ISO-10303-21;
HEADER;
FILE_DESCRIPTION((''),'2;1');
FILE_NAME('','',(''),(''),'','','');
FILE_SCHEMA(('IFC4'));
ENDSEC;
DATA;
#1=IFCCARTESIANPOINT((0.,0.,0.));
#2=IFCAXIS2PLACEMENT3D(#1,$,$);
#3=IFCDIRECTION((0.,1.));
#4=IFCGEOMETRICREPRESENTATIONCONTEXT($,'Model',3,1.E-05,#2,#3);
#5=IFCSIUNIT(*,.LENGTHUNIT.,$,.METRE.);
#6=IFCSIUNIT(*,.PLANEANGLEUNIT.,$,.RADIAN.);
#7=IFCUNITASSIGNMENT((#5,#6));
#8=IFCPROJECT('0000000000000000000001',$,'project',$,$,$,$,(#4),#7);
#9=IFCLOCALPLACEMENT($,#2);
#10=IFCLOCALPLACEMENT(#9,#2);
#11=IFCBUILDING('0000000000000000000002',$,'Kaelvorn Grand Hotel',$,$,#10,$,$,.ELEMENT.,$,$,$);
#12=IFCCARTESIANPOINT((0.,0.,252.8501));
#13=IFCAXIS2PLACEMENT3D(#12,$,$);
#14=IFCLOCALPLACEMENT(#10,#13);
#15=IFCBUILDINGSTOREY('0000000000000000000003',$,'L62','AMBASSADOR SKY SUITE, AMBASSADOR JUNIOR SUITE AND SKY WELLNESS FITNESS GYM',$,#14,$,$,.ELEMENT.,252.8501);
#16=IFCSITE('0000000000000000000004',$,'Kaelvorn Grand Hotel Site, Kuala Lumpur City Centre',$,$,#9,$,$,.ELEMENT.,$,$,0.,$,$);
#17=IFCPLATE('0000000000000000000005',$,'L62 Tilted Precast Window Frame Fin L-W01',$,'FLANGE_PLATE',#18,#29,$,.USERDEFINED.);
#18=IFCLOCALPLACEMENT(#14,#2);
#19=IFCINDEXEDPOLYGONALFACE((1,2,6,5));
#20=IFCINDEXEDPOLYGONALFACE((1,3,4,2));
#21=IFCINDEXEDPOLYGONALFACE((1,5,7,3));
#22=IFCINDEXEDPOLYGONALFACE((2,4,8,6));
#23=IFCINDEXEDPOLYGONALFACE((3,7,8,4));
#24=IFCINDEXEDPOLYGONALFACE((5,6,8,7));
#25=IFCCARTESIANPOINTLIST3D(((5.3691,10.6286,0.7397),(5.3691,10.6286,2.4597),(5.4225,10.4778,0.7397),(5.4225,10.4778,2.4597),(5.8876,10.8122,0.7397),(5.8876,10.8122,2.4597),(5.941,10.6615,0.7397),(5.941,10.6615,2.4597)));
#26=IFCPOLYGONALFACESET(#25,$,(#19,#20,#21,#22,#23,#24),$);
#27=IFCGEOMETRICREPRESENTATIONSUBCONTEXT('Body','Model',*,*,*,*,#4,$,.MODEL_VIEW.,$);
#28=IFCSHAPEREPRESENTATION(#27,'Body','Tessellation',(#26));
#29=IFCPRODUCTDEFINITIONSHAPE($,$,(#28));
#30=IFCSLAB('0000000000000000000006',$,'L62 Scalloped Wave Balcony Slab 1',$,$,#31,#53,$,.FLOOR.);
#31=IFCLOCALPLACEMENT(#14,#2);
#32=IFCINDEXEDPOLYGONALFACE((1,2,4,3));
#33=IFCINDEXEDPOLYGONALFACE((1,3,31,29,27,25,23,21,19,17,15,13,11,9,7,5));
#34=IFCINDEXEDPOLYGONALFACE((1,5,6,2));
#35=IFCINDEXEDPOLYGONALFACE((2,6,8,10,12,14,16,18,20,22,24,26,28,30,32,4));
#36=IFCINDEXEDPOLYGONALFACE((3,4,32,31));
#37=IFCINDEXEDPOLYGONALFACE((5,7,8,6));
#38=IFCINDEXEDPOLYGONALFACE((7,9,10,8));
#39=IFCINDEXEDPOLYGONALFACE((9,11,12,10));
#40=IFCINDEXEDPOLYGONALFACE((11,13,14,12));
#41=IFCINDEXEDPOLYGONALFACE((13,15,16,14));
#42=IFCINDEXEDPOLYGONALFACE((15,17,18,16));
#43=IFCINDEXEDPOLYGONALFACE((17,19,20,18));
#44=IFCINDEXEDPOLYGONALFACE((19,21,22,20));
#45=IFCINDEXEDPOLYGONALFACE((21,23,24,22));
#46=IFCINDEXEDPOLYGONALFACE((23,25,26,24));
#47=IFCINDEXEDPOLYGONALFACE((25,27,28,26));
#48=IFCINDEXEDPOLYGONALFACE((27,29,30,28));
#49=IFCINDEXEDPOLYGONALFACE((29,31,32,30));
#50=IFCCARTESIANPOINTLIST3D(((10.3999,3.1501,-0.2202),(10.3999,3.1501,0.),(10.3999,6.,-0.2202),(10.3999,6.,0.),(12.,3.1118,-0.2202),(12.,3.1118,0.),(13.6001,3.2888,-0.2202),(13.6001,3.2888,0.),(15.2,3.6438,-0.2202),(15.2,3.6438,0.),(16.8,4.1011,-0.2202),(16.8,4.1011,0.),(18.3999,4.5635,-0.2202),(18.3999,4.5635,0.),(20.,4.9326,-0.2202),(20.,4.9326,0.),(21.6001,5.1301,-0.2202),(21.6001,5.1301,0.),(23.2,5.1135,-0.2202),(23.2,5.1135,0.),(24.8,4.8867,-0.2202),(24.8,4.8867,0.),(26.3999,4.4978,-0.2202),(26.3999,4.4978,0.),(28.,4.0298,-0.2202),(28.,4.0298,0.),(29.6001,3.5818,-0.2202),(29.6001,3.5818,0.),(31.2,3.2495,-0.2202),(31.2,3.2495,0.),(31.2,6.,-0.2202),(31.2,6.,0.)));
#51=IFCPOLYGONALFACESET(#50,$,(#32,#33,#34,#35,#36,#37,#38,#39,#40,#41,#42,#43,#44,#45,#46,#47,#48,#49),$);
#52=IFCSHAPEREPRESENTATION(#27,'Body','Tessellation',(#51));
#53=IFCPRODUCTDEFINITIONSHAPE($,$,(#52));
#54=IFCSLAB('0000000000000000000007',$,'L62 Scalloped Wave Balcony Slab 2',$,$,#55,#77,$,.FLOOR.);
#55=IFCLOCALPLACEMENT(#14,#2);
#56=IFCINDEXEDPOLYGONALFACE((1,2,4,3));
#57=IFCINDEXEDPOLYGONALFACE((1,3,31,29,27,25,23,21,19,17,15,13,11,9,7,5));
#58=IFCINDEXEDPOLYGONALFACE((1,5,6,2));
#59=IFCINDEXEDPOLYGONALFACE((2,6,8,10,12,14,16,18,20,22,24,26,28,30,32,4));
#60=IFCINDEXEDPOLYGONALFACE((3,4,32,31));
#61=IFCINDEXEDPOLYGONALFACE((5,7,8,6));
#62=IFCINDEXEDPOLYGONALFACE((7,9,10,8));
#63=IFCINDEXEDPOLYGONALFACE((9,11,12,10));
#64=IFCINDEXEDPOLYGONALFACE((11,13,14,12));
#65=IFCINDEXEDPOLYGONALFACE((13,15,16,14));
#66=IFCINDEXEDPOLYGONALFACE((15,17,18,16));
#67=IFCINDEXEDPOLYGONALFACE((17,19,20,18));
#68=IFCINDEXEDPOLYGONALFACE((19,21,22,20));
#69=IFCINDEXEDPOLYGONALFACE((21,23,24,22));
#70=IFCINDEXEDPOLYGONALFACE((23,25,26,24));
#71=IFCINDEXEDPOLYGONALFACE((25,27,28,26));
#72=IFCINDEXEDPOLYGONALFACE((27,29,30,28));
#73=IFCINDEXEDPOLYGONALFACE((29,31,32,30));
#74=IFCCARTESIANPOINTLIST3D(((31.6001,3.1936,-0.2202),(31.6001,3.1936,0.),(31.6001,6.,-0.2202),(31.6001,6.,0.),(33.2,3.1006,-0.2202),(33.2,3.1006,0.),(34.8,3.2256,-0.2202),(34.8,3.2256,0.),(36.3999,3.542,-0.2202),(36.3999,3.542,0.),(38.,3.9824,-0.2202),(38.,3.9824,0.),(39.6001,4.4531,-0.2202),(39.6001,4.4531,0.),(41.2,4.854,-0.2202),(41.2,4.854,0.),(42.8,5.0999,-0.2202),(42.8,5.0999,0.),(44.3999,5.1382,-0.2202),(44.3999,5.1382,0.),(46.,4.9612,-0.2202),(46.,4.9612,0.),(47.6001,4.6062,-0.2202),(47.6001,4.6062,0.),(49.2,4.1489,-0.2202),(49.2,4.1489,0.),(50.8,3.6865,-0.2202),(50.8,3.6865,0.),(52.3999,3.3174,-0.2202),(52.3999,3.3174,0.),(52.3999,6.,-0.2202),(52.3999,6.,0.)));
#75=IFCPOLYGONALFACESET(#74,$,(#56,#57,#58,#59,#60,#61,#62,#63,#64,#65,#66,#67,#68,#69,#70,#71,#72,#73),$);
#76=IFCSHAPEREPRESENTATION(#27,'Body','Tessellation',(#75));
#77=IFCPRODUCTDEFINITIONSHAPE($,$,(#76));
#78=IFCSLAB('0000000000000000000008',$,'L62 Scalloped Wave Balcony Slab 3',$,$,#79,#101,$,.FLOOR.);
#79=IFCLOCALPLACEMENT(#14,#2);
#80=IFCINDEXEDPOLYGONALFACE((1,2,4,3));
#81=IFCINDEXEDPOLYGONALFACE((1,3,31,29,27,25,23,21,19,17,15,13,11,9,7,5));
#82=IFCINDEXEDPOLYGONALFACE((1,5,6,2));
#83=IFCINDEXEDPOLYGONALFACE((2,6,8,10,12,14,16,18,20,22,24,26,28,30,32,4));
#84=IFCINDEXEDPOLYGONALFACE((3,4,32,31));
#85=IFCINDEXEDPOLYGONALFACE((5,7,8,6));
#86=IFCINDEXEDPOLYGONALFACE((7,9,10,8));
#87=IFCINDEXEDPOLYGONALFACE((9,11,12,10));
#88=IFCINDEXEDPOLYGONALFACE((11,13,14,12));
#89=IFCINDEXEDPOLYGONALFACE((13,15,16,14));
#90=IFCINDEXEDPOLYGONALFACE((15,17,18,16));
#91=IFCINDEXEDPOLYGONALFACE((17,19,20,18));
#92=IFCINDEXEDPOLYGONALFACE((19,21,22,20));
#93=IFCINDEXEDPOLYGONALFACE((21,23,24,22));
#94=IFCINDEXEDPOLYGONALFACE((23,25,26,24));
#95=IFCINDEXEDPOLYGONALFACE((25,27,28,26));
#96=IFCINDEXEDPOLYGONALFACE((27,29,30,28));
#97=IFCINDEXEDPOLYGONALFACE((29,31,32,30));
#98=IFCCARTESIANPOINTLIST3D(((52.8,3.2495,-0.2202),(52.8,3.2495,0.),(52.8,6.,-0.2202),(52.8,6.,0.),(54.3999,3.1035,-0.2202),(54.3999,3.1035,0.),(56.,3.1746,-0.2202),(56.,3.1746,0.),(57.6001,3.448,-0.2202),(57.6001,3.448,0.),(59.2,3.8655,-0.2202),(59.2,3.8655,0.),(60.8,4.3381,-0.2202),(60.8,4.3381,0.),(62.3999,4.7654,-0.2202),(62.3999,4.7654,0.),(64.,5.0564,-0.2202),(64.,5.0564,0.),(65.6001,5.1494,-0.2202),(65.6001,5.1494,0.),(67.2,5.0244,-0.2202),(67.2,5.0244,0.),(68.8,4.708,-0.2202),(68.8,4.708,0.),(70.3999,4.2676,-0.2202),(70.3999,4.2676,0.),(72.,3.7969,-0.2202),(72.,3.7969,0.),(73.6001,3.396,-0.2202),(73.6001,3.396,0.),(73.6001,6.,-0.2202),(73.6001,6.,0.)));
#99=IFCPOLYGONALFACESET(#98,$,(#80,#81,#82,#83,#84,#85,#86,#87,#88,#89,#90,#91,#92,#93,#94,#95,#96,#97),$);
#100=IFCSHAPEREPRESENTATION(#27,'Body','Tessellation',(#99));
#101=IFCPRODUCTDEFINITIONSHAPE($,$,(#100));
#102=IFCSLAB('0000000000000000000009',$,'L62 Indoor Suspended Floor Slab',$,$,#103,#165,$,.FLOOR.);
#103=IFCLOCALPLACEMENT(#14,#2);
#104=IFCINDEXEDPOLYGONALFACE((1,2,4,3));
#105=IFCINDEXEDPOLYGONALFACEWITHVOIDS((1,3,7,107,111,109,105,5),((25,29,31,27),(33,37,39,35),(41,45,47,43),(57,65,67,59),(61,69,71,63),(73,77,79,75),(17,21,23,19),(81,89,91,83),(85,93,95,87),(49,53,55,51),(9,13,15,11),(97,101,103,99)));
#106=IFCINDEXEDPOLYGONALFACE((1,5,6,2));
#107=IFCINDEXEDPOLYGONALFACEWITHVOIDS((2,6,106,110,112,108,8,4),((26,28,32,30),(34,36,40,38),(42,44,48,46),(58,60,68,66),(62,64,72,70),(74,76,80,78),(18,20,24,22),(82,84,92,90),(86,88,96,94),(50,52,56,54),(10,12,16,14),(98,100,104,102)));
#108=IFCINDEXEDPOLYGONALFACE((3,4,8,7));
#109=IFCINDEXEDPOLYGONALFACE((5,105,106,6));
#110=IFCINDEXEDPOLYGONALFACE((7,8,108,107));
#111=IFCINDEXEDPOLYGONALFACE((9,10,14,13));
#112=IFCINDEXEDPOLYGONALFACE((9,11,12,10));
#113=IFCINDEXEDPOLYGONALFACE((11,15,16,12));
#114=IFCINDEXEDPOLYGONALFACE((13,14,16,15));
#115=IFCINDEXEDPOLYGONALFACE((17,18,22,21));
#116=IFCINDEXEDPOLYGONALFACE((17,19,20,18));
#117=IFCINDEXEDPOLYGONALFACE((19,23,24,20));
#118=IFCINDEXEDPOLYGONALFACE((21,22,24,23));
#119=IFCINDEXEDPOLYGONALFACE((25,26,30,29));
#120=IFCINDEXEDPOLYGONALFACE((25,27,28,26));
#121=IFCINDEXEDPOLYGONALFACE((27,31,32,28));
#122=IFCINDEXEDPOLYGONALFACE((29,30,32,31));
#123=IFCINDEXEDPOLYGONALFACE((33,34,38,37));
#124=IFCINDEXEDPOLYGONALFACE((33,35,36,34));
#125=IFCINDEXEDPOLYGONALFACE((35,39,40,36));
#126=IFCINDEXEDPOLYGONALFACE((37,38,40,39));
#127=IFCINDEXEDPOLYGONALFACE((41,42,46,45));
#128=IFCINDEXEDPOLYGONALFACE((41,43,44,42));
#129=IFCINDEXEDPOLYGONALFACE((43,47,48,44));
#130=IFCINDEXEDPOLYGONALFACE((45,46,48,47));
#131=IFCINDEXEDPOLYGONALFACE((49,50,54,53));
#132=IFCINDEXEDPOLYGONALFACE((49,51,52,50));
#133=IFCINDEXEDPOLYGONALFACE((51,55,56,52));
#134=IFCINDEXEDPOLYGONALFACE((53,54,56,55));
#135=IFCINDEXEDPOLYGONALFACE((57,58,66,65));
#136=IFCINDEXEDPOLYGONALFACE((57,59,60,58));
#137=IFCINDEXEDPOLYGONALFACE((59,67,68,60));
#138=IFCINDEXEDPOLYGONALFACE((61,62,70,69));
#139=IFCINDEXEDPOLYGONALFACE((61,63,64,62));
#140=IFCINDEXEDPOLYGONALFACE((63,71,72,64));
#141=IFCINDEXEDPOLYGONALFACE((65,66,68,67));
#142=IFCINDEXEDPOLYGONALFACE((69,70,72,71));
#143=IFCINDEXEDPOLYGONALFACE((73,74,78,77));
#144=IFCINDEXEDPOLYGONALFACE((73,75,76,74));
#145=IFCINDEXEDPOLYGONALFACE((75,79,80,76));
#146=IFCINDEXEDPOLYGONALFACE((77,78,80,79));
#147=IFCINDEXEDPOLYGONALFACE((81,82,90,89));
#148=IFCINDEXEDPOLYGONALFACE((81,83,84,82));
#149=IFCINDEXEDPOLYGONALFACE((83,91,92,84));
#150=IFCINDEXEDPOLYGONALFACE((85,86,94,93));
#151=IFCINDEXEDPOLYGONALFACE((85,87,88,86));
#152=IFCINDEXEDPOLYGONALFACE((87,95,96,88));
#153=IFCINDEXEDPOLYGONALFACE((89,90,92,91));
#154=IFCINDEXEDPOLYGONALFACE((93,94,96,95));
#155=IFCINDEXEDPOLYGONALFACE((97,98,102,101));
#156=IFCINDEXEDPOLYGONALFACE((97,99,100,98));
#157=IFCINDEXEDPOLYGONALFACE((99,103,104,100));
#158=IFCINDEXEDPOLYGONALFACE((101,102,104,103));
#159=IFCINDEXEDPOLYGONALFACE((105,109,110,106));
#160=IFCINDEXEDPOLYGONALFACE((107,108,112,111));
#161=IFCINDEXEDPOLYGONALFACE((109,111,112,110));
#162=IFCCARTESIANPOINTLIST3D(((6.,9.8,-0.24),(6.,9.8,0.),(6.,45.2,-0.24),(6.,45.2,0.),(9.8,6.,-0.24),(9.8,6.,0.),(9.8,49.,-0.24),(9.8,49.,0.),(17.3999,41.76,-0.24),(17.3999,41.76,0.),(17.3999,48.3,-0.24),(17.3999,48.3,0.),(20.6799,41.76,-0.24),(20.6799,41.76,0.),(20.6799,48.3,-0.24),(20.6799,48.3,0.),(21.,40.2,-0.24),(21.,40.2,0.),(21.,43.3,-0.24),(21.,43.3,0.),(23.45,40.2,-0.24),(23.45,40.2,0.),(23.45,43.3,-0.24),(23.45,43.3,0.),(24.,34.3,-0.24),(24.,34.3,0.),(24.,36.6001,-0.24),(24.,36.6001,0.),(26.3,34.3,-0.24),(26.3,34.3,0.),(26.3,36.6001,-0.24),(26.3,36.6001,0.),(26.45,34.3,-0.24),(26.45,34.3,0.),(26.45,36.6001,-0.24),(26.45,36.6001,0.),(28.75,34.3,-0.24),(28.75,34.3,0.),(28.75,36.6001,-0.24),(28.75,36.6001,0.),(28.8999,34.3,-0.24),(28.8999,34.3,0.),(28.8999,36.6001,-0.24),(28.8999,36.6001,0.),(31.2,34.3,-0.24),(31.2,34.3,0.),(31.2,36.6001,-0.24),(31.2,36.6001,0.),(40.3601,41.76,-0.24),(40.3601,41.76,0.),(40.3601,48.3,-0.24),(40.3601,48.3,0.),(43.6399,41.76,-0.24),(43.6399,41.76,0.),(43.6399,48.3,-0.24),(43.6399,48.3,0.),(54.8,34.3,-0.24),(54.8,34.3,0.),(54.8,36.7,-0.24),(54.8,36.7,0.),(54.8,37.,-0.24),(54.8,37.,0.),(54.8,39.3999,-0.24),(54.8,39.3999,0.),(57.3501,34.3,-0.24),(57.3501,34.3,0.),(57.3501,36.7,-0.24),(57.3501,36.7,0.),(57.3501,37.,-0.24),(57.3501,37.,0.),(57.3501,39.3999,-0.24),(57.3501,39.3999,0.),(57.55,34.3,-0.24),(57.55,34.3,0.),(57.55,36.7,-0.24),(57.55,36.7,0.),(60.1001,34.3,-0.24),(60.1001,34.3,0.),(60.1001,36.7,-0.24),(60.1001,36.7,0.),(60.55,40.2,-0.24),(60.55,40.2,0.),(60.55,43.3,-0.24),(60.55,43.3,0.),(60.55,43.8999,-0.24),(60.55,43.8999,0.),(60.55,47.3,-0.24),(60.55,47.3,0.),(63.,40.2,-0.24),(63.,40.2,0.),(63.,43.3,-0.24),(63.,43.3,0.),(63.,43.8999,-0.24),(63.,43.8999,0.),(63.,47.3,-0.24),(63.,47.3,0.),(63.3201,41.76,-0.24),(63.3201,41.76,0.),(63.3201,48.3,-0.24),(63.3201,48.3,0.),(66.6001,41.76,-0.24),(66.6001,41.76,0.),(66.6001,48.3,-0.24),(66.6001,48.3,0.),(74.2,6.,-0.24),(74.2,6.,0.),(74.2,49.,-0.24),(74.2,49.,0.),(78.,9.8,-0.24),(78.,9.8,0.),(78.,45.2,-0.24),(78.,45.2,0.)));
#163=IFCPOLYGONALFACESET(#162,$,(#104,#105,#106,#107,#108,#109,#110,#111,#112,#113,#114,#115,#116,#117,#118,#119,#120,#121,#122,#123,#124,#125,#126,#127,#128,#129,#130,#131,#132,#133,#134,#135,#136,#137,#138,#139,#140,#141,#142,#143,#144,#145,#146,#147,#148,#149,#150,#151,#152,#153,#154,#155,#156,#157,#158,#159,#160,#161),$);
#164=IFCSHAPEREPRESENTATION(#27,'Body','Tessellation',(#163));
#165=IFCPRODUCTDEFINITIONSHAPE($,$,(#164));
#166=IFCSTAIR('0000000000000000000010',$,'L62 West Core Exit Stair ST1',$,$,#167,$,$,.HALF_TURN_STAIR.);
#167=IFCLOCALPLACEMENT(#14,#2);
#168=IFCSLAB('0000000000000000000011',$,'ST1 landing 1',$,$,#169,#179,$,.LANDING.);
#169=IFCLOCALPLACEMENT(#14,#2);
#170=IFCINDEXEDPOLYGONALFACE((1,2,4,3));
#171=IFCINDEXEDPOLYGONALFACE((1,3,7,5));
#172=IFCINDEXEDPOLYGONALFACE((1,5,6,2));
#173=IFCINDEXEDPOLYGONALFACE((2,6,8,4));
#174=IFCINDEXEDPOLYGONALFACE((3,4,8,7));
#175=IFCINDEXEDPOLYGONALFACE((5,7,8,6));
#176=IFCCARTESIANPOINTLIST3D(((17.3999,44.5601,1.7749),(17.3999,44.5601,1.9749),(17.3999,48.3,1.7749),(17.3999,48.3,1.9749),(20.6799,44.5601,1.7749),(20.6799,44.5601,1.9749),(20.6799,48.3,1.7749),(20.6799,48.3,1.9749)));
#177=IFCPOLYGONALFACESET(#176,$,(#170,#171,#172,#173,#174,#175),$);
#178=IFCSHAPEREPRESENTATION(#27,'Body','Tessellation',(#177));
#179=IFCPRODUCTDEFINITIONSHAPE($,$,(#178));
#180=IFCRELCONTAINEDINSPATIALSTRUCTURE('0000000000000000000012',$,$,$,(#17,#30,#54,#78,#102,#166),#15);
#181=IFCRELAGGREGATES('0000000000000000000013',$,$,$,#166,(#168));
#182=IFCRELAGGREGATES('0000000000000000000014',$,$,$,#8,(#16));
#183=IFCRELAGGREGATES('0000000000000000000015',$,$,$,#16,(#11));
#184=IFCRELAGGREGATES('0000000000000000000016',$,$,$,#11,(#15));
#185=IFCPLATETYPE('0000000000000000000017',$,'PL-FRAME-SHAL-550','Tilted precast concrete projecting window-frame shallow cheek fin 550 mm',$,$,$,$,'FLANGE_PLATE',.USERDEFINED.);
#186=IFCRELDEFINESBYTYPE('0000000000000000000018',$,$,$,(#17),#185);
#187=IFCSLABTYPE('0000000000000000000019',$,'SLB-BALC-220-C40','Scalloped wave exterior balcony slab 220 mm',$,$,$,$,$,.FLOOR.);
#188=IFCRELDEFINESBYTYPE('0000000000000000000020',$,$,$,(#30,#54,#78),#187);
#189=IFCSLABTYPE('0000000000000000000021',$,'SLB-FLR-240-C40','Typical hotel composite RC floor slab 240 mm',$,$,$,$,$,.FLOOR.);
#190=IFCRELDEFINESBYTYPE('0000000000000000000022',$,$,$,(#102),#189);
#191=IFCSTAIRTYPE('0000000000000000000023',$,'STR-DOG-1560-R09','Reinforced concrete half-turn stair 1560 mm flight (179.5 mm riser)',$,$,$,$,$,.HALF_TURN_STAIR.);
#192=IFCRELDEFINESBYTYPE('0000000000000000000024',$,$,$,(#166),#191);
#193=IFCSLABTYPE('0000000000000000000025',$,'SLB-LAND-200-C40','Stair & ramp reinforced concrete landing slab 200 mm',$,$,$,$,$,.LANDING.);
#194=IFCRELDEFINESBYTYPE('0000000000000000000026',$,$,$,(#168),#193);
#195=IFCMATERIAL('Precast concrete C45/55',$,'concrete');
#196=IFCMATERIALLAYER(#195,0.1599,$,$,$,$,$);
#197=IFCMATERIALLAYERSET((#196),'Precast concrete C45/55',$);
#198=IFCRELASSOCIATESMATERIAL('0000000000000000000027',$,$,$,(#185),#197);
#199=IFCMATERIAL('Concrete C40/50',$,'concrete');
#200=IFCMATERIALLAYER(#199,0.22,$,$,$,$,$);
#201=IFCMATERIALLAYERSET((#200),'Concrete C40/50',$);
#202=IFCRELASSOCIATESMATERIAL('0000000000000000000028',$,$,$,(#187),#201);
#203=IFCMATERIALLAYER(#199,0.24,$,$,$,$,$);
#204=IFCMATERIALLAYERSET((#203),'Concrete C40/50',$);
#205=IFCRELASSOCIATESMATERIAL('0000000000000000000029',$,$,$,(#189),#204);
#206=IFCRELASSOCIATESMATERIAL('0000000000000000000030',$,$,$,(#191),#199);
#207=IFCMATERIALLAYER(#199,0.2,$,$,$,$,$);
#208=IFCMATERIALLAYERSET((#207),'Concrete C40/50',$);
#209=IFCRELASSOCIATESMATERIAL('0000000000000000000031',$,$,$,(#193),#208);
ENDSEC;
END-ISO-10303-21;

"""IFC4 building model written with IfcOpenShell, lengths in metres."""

from ifc_helpers import new_model, si_unit, direction, frame, origin, origin_2d, place, context, subcontext, project, spatial, polyline, rectangle, outline, extrude, material, layer, layer_set, type_object, element, aggregate, save


model = new_model("IFC4")

# Units and contexts
model_context = context("Model", 3, precision=1e-05, world=origin(), true_north=direction((0.0, 1.0)))
body_context = subcontext(model_context, "Body", "Model", "MODEL_VIEW")
ifc_project = project(units=[si_unit("LENGTHUNIT", "METRE"), si_unit("PLANEANGLEUNIT", "RADIAN")], contexts=[model_context])

# Site, building, storey
site_placement = place(None, origin())
site = spatial("IfcSite", under=ifc_project, at=site_placement, Name="Kaelvorn Grand Hotel Site, Kuala Lumpur City Centre", CompositionType="ELEMENT", RefElevation=0.0)
building_placement = place(site_placement, origin())
building = spatial("IfcBuilding", under=site, at=building_placement, Name="Kaelvorn Grand Hotel", CompositionType="ELEMENT")
storey_placement = place(building_placement, frame((0.0, 0.0, 252.8501)))
storey = spatial("IfcBuildingStorey", under=building, at=storey_placement, Name="L62", Description="AMBASSADOR SKY SUITE, AMBASSADOR JUNIOR SUITE AND SKY WELLNESS FITNESS GYM", CompositionType="ELEMENT", Elevation=252.8501)

# Plate
ifc_material_1 = material(Name="Precast concrete C45/55", Category="concrete")
ifc_layer_1 = layer(ifc_material_1, 0.1599)
ifc_layer_set_1 = layer_set([ifc_layer_1], Name="Precast concrete C45/55")
plate_type = type_object("IfcPlateType", Name="PL-FRAME-SHAL-550", Description="Tilted precast concrete projecting window-frame shallow cheek fin 550 mm", ElementType="FLANGE_PLATE", PredefinedType="USERDEFINED", material=ifc_layer_set_1)
plate_placement = place(storey_placement, frame((5.655, 10.645, 0.7397), z_axis=(0.0, 0.0, 1.0), x_axis=(-0.333807, 0.942641, 0.0)))
element("IfcPlate", 1, at=plate_placement, inside=storey, type_object=plate_type, Name="L62 Tilted Precast Window Frame Fin L-W01", ObjectType="FLANGE_PLATE", PredefinedType="USERDEFINED", context=body_context, shape_type="SweptSolid", body=[
    extrude(rectangle(XDim=0.1599, YDim=0.55, at=origin_2d()), origin(), (0.0, 0.0, 1.0), 1.72),
])

# Slabs
ifc_material_2 = material(Name="Concrete C40/50", Category="concrete")
ifc_layer_2 = layer(ifc_material_2, 0.22)
ifc_layer_set_2 = layer_set([ifc_layer_2], Name="Concrete C40/50")
slab_type_1 = type_object("IfcSlabType", Name="SLB-BALC-220-C40", Description="Scalloped wave exterior balcony slab 220 mm", PredefinedType="FLOOR", material=ifc_layer_set_2)
slab_1_placement = place(storey_placement, frame((0.0, 0.0, -0.2202)))
element("IfcSlab", 2, at=slab_1_placement, inside=storey, type_object=slab_type_1, Name="L62 Scalloped Wave Balcony Slab 1", PredefinedType="FLOOR", context=body_context, shape_type="SweptSolid", body=[
    extrude(outline(polyline([(10.3999, 3.1501), (12.0, 3.1118), (13.6001, 3.2888), (15.2, 3.6438), (16.8, 4.1011), (18.3999, 4.5635), (20.0, 4.9326), (21.6001, 5.1301), (23.2, 5.1135), (24.8, 4.8867), (26.3999, 4.4978), (28.0, 4.0298), (29.6001, 3.5818), (31.2, 3.2495), (31.2, 6.0), (10.3999, 6.0), (10.3999, 3.1501)])), origin(), (0.0, 0.0, 1.0), 0.2202),
])
slab_2_placement = place(storey_placement, frame((0.0, 0.0, -0.2202)))
element("IfcSlab", 3, at=slab_2_placement, inside=storey, type_object=slab_type_1, Name="L62 Scalloped Wave Balcony Slab 2", PredefinedType="FLOOR", context=body_context, shape_type="SweptSolid", body=[
    extrude(outline(polyline([(31.6001, 3.1936), (33.2, 3.1006), (34.8, 3.2256), (36.3999, 3.542), (38.0, 3.9824), (39.6001, 4.4531), (41.2, 4.854), (42.8, 5.0999), (44.3999, 5.1382), (46.0, 4.9612), (47.6001, 4.6062), (49.2, 4.1489), (50.8, 3.6865), (52.3999, 3.3174), (52.3999, 6.0), (31.6001, 6.0), (31.6001, 3.1936)])), origin(), (0.0, 0.0, 1.0), 0.2202),
])
slab_3_placement = place(storey_placement, frame((0.0, 0.0, -0.2202)))
element("IfcSlab", 4, at=slab_3_placement, inside=storey, type_object=slab_type_1, Name="L62 Scalloped Wave Balcony Slab 3", PredefinedType="FLOOR", context=body_context, shape_type="SweptSolid", body=[
    extrude(outline(polyline([(52.8, 3.2495), (54.3999, 3.1035), (56.0, 3.1746), (57.6001, 3.448), (59.2, 3.8655), (60.8, 4.3381), (62.3999, 4.7654), (64.0, 5.0564), (65.6001, 5.1494), (67.2, 5.0244), (68.8, 4.708), (70.3999, 4.2676), (72.0, 3.7969), (73.6001, 3.396), (73.6001, 6.0), (52.8, 6.0), (52.8, 3.2495)])), origin(), (0.0, 0.0, 1.0), 0.2202),
])
ifc_layer_3 = layer(ifc_material_2, 0.24)
ifc_layer_set_3 = layer_set([ifc_layer_3], Name="Concrete C40/50")
slab_type_2 = type_object("IfcSlabType", Name="SLB-FLR-240-C40", Description="Typical hotel composite RC floor slab 240 mm", PredefinedType="FLOOR", material=ifc_layer_set_3)
slab_4_placement = place(storey_placement, frame((0.0, 0.0, -0.24)))
element("IfcSlab", 5, at=slab_4_placement, inside=storey, type_object=slab_type_2, Name="L62 Indoor Suspended Floor Slab", PredefinedType="FLOOR", context=body_context, shape_type="SweptSolid", body=[
    extrude(outline(polyline([(9.8, 6.0), (74.2, 6.0), (78.0, 9.8), (78.0, 45.2), (74.2, 49.0), (9.8, 49.0), (6.0, 45.2), (6.0, 9.8), (9.8, 6.0)]), holes=[polyline([(17.3999, 41.76), (17.3999, 48.3), (20.6799, 48.3), (20.6799, 41.76), (17.3999, 41.76)]), polyline([(40.3601, 41.76), (40.3601, 48.3), (43.6399, 48.3), (43.6399, 41.76), (40.3601, 41.76)]), polyline([(63.3201, 41.76), (63.3201, 48.3), (66.6001, 48.3), (66.6001, 41.76), (63.3201, 41.76)]), polyline([(24.0, 34.3), (24.0, 36.6001), (26.3, 36.6001), (26.3, 34.3), (24.0, 34.3)]), polyline([(26.45, 34.3), (26.45, 36.6001), (28.75, 36.6001), (28.75, 34.3), (26.45, 34.3)]), polyline([(28.8999, 34.3), (28.8999, 36.6001), (31.2, 36.6001), (31.2, 34.3), (28.8999, 34.3)]), polyline([(54.8, 34.3), (54.8, 36.7), (57.3501, 36.7), (57.3501, 34.3), (54.8, 34.3)]), polyline([(57.55, 34.3), (57.55, 36.7), (60.1001, 36.7), (60.1001, 34.3), (57.55, 34.3)]), polyline([(54.8, 37.0), (54.8, 39.3999), (57.3501, 39.3999), (57.3501, 37.0), (54.8, 37.0)]), polyline([(21.0, 40.2), (21.0, 43.3), (23.45, 43.3), (23.45, 40.2), (21.0, 40.2)]), polyline([(60.55, 40.2), (60.55, 43.3), (63.0, 43.3), (63.0, 40.2), (60.55, 40.2)]), polyline([(60.55, 43.8999), (60.55, 47.3), (63.0, 47.3), (63.0, 43.8999), (60.55, 43.8999)])]), origin(), (0.0, 0.0, 1.0), 0.24),
])

# Stair, slab
stair_type = type_object("IfcStairType", Name="STR-DOG-1560-R09", Description="Reinforced concrete half-turn stair 1560 mm flight (179.5 mm riser)", PredefinedType="HALF_TURN_STAIR", material=ifc_material_2)
stair_1_placement = place(storey_placement, origin())
stair_1 = element("IfcStair", 6, at=stair_1_placement, inside=storey, type_object=stair_type, Name="L62 West Core Exit Stair ST1", PredefinedType="HALF_TURN_STAIR")
ifc_layer_4 = layer(ifc_material_2, 0.2)
ifc_layer_set_4 = layer_set([ifc_layer_4], Name="Concrete C40/50")
slab_type_3 = type_object("IfcSlabType", Name="SLB-LAND-200-C40", Description="Stair & ramp reinforced concrete landing slab 200 mm", PredefinedType="LANDING", material=ifc_layer_set_4)
slab_5_placement = place(storey_placement, frame((0.0, 0.0, 1.7749)))
slab_5 = element("IfcSlab", 7, at=slab_5_placement, type_object=slab_type_3, Name="ST1 landing 1", PredefinedType="LANDING", context=body_context, shape_type="SweptSolid", body=[
    extrude(outline(polyline([(20.6799, 44.5601), (20.6799, 48.3), (17.3999, 48.3), (17.3999, 44.5601), (20.6799, 44.5601)])), origin(), (0.0, 0.0, 1.0), 0.2),
])
aggregate(stair_1, [slab_5])

save(model, "model.ifc")
